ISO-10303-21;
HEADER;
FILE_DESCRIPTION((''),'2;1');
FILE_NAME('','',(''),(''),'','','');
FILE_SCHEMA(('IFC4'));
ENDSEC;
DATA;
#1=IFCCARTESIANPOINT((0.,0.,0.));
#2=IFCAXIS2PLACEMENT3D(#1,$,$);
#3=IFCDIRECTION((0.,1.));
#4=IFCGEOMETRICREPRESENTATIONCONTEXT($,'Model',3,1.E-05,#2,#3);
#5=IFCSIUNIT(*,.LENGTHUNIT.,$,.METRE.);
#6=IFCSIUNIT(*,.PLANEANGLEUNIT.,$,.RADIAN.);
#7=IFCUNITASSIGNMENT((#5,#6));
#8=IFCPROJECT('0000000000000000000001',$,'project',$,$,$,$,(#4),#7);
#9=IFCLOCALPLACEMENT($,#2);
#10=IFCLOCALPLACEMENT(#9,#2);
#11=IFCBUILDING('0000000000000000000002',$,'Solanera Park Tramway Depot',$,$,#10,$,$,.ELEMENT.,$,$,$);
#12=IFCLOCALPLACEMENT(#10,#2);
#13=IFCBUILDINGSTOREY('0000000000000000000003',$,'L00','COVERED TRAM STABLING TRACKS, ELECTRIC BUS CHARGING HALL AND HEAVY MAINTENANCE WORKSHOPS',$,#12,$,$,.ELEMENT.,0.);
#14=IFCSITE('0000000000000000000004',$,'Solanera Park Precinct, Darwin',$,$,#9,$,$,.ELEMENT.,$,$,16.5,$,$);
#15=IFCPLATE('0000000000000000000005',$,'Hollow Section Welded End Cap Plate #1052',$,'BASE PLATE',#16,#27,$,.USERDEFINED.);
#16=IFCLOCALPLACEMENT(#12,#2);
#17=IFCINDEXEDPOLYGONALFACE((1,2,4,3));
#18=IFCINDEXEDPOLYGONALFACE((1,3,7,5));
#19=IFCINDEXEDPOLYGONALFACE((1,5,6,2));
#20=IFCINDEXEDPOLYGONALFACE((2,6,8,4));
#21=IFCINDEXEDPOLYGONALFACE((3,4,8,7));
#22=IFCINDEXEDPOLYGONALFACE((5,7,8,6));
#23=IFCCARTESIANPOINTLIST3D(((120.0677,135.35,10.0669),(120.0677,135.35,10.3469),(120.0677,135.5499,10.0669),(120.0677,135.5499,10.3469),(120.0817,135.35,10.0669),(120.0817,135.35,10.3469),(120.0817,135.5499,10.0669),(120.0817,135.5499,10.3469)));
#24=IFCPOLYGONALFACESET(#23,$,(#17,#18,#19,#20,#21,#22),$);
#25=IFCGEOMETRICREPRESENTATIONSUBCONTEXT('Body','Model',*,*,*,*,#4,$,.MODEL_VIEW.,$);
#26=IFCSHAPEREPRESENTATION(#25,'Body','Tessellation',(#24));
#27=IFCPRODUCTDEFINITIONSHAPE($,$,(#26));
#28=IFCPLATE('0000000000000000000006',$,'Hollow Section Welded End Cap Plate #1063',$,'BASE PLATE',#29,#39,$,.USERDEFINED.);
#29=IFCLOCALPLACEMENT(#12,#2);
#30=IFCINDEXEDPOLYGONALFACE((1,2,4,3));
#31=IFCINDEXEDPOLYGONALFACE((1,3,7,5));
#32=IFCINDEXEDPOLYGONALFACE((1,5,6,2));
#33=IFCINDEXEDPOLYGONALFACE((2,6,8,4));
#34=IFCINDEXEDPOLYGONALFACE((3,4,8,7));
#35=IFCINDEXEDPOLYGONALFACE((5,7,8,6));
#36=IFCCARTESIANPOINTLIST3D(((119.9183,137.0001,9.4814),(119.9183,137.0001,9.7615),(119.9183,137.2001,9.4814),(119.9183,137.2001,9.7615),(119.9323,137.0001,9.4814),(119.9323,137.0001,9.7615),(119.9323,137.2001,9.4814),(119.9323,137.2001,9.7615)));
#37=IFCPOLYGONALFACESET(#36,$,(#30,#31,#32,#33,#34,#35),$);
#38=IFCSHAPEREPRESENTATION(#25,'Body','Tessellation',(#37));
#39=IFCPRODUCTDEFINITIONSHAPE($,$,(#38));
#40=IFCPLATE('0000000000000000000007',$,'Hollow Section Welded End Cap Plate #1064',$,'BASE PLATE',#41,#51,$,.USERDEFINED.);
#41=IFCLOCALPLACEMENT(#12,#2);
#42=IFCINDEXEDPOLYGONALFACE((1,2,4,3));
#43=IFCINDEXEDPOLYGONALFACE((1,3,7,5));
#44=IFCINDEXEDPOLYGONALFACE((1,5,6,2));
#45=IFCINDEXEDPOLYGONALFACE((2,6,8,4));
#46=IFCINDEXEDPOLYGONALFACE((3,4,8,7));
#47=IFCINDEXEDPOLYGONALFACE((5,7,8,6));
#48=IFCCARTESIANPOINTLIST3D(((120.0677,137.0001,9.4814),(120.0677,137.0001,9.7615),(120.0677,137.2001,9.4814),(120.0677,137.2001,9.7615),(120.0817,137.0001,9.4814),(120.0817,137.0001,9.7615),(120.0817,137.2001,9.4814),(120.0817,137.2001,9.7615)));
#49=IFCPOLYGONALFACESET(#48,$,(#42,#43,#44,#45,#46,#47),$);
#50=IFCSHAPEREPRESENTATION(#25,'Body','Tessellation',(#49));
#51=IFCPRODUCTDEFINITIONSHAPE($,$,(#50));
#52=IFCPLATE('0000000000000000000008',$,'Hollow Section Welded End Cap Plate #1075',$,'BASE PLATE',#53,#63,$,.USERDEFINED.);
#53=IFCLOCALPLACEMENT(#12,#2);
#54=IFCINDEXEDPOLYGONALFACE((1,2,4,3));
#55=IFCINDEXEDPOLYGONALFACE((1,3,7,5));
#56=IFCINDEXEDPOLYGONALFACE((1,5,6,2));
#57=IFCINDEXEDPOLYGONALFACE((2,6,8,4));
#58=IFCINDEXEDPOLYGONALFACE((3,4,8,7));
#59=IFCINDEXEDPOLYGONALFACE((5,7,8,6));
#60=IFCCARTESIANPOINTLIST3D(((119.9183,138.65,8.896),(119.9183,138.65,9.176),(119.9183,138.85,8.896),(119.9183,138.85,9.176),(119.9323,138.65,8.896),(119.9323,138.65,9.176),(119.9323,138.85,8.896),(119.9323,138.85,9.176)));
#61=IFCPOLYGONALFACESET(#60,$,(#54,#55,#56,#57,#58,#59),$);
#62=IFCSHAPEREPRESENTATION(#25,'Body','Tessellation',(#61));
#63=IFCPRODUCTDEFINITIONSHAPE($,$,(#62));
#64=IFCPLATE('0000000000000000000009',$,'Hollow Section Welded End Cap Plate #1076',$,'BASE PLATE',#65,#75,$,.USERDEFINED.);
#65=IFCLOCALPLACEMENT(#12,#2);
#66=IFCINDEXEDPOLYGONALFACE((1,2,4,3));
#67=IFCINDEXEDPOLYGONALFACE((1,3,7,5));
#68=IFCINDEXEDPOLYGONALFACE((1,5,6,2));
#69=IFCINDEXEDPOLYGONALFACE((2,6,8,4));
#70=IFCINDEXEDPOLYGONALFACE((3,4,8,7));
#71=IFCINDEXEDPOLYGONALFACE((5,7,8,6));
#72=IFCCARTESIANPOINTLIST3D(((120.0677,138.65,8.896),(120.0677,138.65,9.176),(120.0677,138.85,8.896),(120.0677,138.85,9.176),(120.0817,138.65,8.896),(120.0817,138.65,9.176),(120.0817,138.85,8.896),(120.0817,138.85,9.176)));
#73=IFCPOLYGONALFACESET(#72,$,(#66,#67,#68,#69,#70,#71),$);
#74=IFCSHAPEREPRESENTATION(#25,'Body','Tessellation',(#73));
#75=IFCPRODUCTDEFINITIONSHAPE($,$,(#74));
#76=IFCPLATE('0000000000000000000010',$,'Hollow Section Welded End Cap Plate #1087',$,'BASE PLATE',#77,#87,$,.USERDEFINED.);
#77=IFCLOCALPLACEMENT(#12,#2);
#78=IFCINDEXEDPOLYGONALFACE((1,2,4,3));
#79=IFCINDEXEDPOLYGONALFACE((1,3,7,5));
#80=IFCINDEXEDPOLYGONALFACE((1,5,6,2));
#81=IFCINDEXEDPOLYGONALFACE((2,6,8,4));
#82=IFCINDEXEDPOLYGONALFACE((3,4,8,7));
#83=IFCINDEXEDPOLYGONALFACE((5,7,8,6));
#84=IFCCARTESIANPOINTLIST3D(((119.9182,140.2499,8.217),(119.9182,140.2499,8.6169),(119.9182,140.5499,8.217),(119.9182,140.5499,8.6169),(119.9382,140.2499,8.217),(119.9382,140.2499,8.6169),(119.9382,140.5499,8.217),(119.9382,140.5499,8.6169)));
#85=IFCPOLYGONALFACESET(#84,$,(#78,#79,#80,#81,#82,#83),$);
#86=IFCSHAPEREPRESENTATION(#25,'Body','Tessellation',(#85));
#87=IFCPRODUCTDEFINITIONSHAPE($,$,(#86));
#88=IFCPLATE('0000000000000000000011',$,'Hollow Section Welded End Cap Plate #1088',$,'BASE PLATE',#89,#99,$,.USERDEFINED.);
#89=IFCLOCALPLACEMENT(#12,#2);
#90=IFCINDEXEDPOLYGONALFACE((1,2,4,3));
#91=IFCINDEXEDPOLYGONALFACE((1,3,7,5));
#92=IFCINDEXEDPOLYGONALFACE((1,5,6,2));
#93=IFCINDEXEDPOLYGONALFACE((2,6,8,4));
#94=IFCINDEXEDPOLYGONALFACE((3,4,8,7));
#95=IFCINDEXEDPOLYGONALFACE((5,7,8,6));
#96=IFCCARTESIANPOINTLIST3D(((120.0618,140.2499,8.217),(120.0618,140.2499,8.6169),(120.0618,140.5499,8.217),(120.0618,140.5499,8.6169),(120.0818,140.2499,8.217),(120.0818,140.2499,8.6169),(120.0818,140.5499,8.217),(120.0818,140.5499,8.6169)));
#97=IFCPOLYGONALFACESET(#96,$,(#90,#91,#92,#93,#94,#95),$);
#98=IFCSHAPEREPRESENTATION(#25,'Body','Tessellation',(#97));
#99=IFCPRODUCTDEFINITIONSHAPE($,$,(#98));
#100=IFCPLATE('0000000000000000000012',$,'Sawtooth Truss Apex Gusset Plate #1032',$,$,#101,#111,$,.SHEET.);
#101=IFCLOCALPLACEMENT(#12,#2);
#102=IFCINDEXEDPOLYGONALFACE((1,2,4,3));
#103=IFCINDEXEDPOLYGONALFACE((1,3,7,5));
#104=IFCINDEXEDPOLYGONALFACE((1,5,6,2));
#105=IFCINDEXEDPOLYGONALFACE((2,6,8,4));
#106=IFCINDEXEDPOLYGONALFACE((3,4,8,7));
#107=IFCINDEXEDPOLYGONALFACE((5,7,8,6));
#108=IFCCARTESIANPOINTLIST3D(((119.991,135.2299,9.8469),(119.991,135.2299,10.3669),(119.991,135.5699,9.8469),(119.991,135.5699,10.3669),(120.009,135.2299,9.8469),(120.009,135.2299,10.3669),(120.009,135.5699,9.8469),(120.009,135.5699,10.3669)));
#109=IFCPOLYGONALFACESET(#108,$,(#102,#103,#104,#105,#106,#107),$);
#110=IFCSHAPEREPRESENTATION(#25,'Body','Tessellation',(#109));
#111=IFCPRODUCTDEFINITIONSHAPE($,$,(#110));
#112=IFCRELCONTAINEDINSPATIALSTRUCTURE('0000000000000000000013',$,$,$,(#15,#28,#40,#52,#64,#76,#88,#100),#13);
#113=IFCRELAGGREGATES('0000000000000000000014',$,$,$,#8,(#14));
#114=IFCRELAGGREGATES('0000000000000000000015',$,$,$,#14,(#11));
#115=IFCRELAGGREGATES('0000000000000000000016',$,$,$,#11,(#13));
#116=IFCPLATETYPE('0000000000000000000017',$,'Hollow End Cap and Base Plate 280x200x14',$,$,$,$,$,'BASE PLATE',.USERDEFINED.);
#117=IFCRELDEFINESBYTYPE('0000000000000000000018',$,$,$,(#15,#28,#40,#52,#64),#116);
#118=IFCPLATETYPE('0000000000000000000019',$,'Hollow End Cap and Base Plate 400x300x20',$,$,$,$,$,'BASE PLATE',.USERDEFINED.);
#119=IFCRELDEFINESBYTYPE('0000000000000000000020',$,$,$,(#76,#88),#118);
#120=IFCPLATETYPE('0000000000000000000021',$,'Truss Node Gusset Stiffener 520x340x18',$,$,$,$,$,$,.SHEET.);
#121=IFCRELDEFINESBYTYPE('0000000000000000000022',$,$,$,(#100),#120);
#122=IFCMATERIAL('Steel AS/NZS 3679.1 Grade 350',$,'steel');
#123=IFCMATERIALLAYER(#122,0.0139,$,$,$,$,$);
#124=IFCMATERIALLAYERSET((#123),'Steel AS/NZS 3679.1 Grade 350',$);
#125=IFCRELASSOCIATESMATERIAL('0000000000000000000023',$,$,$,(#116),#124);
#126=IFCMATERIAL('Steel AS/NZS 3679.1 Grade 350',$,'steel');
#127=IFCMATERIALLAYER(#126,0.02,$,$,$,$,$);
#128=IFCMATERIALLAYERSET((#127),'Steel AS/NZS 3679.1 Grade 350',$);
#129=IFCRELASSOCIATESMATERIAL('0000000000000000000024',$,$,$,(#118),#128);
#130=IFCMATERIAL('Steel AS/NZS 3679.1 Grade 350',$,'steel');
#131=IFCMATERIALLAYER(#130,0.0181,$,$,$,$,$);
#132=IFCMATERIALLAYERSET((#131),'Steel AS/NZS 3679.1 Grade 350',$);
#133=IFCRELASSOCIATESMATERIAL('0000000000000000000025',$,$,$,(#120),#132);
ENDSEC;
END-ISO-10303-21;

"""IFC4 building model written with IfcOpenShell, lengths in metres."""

from ifc_helpers import new_model, si_unit, direction, frame, origin, origin_2d, place, context, subcontext, project, spatial, rectangle, extrude, material, layer, layer_set, type_object, element, save


model = new_model("IFC4")

# Units and contexts
model_context = context("Model", 3, precision=1e-05, world=origin(), true_north=direction((0.0, 1.0)))
body_context = subcontext(model_context, "Body", "Model", "MODEL_VIEW")
ifc_project = project(units=[si_unit("LENGTHUNIT", "METRE"), si_unit("PLANEANGLEUNIT", "RADIAN")], contexts=[model_context])

# Site, building, storey
site_placement = place(None, origin())
site = spatial("IfcSite", under=ifc_project, at=site_placement, Name="Solanera Park Precinct, Darwin", CompositionType="ELEMENT", RefElevation=16.5)
building_placement = place(site_placement, origin())
building = spatial("IfcBuilding", under=site, at=building_placement, Name="Solanera Park Tramway Depot", CompositionType="ELEMENT")
storey_placement = place(building_placement, origin())
storey = spatial("IfcBuildingStorey", under=building, at=storey_placement, Name="L00", Description="COVERED TRAM STABLING TRACKS, ELECTRIC BUS CHARGING HALL AND HEAVY MAINTENANCE WORKSHOPS", CompositionType="ELEMENT", Elevation=0.0)

# Plates
ifc_material_1 = material(Name="Steel AS/NZS 3679.1 Grade 350", Category="steel")
ifc_layer_1 = layer(ifc_material_1, 0.0139)
ifc_layer_set_1 = layer_set([ifc_layer_1], Name="Steel AS/NZS 3679.1 Grade 350")
plate_type_1 = type_object("IfcPlateType", Name="Hollow End Cap and Base Plate 280x200x14", ElementType="BASE PLATE", PredefinedType="USERDEFINED", material=ifc_layer_set_1)
for number, where, z_axis, x_axis, name in (
    (1, (120.0747, 135.45, 10.0669), (0.0, 0.0, 1.0), (1.0, 0.0, 0.0), "Hollow Section Welded End Cap Plate #1052"),
    (2, (119.9253, 137.1001, 9.4814), (0.0, 0.0, 1.0), (1.0, 0.0, 0.0), "Hollow Section Welded End Cap Plate #1063"),
    (3, (120.0747, 137.1001, 9.4814), (0.0, 0.0, 1.0), (1.0, 0.0, 0.0), "Hollow Section Welded End Cap Plate #1064"),
    (4, (119.9253, 138.75, 8.896), (0.0, 0.0, 1.0), (1.0, 0.0, 0.0), "Hollow Section Welded End Cap Plate #1075"),
    (5, (120.0747, 138.75, 8.896), (0.0, 0.0, 1.0), (1.0, 0.0, 0.0), "Hollow Section Welded End Cap Plate #1076"),
):
    element("IfcPlate", number, at=place(storey_placement, frame(where, z_axis=z_axis, x_axis=x_axis)), inside=storey, type_object=plate_type_1, Name=name, ObjectType="BASE PLATE", PredefinedType="USERDEFINED", context=body_context, shape_type="SweptSolid", body=[
        extrude(rectangle(XDim=0.0139, YDim=0.2, at=origin_2d()), origin(), (0.0, 0.0, 1.0), 0.28),
    ])
ifc_material_2 = material(Name="Steel AS/NZS 3679.1 Grade 350", Category="steel")
ifc_layer_2 = layer(ifc_material_2, 0.02)
ifc_layer_set_2 = layer_set([ifc_layer_2], Name="Steel AS/NZS 3679.1 Grade 350")
plate_type_2 = type_object("IfcPlateType", Name="Hollow End Cap and Base Plate 400x300x20", ElementType="BASE PLATE", PredefinedType="USERDEFINED", material=ifc_layer_set_2)
for number, where, z_axis, x_axis, name in (
    (6, (119.9282, 140.3999, 8.217), (0.0, 0.0, 1.0), (1.0, 0.0, 0.0), "Hollow Section Welded End Cap Plate #1087"),
    (7, (120.0718, 140.3999, 8.217), (0.0, 0.0, 1.0), (1.0, 0.0, 0.0), "Hollow Section Welded End Cap Plate #1088"),
):
    element("IfcPlate", number, at=place(storey_placement, frame(where, z_axis=z_axis, x_axis=x_axis)), inside=storey, type_object=plate_type_2, Name=name, ObjectType="BASE PLATE", PredefinedType="USERDEFINED", context=body_context, shape_type="SweptSolid", body=[
        extrude(rectangle(XDim=0.02, YDim=0.3, at=origin_2d()), origin(), (0.0, 0.0, 1.0), 0.3999),
    ])
ifc_material_3 = material(Name="Steel AS/NZS 3679.1 Grade 350", Category="steel")
ifc_layer_3 = layer(ifc_material_3, 0.0181)
ifc_layer_set_3 = layer_set([ifc_layer_3], Name="Steel AS/NZS 3679.1 Grade 350")
plate_type_3 = type_object("IfcPlateType", Name="Truss Node Gusset Stiffener 520x340x18", PredefinedType="SHEET", material=ifc_layer_set_3)
plate_1_placement = place(storey_placement, frame((120.0, 135.3999, 9.8469), z_axis=(0.0, 0.0, 1.0), x_axis=(1.0, 0.0, 0.0)))
element("IfcPlate", 8, at=plate_1_placement, inside=storey, type_object=plate_type_3, Name="Sawtooth Truss Apex Gusset Plate #1032", PredefinedType="SHEET", context=body_context, shape_type="SweptSolid", body=[
    extrude(rectangle(XDim=0.0181, YDim=0.3401, at=origin_2d()), origin(), (0.0, 0.0, 1.0), 0.52),
])

save(model, "model.ifc")
